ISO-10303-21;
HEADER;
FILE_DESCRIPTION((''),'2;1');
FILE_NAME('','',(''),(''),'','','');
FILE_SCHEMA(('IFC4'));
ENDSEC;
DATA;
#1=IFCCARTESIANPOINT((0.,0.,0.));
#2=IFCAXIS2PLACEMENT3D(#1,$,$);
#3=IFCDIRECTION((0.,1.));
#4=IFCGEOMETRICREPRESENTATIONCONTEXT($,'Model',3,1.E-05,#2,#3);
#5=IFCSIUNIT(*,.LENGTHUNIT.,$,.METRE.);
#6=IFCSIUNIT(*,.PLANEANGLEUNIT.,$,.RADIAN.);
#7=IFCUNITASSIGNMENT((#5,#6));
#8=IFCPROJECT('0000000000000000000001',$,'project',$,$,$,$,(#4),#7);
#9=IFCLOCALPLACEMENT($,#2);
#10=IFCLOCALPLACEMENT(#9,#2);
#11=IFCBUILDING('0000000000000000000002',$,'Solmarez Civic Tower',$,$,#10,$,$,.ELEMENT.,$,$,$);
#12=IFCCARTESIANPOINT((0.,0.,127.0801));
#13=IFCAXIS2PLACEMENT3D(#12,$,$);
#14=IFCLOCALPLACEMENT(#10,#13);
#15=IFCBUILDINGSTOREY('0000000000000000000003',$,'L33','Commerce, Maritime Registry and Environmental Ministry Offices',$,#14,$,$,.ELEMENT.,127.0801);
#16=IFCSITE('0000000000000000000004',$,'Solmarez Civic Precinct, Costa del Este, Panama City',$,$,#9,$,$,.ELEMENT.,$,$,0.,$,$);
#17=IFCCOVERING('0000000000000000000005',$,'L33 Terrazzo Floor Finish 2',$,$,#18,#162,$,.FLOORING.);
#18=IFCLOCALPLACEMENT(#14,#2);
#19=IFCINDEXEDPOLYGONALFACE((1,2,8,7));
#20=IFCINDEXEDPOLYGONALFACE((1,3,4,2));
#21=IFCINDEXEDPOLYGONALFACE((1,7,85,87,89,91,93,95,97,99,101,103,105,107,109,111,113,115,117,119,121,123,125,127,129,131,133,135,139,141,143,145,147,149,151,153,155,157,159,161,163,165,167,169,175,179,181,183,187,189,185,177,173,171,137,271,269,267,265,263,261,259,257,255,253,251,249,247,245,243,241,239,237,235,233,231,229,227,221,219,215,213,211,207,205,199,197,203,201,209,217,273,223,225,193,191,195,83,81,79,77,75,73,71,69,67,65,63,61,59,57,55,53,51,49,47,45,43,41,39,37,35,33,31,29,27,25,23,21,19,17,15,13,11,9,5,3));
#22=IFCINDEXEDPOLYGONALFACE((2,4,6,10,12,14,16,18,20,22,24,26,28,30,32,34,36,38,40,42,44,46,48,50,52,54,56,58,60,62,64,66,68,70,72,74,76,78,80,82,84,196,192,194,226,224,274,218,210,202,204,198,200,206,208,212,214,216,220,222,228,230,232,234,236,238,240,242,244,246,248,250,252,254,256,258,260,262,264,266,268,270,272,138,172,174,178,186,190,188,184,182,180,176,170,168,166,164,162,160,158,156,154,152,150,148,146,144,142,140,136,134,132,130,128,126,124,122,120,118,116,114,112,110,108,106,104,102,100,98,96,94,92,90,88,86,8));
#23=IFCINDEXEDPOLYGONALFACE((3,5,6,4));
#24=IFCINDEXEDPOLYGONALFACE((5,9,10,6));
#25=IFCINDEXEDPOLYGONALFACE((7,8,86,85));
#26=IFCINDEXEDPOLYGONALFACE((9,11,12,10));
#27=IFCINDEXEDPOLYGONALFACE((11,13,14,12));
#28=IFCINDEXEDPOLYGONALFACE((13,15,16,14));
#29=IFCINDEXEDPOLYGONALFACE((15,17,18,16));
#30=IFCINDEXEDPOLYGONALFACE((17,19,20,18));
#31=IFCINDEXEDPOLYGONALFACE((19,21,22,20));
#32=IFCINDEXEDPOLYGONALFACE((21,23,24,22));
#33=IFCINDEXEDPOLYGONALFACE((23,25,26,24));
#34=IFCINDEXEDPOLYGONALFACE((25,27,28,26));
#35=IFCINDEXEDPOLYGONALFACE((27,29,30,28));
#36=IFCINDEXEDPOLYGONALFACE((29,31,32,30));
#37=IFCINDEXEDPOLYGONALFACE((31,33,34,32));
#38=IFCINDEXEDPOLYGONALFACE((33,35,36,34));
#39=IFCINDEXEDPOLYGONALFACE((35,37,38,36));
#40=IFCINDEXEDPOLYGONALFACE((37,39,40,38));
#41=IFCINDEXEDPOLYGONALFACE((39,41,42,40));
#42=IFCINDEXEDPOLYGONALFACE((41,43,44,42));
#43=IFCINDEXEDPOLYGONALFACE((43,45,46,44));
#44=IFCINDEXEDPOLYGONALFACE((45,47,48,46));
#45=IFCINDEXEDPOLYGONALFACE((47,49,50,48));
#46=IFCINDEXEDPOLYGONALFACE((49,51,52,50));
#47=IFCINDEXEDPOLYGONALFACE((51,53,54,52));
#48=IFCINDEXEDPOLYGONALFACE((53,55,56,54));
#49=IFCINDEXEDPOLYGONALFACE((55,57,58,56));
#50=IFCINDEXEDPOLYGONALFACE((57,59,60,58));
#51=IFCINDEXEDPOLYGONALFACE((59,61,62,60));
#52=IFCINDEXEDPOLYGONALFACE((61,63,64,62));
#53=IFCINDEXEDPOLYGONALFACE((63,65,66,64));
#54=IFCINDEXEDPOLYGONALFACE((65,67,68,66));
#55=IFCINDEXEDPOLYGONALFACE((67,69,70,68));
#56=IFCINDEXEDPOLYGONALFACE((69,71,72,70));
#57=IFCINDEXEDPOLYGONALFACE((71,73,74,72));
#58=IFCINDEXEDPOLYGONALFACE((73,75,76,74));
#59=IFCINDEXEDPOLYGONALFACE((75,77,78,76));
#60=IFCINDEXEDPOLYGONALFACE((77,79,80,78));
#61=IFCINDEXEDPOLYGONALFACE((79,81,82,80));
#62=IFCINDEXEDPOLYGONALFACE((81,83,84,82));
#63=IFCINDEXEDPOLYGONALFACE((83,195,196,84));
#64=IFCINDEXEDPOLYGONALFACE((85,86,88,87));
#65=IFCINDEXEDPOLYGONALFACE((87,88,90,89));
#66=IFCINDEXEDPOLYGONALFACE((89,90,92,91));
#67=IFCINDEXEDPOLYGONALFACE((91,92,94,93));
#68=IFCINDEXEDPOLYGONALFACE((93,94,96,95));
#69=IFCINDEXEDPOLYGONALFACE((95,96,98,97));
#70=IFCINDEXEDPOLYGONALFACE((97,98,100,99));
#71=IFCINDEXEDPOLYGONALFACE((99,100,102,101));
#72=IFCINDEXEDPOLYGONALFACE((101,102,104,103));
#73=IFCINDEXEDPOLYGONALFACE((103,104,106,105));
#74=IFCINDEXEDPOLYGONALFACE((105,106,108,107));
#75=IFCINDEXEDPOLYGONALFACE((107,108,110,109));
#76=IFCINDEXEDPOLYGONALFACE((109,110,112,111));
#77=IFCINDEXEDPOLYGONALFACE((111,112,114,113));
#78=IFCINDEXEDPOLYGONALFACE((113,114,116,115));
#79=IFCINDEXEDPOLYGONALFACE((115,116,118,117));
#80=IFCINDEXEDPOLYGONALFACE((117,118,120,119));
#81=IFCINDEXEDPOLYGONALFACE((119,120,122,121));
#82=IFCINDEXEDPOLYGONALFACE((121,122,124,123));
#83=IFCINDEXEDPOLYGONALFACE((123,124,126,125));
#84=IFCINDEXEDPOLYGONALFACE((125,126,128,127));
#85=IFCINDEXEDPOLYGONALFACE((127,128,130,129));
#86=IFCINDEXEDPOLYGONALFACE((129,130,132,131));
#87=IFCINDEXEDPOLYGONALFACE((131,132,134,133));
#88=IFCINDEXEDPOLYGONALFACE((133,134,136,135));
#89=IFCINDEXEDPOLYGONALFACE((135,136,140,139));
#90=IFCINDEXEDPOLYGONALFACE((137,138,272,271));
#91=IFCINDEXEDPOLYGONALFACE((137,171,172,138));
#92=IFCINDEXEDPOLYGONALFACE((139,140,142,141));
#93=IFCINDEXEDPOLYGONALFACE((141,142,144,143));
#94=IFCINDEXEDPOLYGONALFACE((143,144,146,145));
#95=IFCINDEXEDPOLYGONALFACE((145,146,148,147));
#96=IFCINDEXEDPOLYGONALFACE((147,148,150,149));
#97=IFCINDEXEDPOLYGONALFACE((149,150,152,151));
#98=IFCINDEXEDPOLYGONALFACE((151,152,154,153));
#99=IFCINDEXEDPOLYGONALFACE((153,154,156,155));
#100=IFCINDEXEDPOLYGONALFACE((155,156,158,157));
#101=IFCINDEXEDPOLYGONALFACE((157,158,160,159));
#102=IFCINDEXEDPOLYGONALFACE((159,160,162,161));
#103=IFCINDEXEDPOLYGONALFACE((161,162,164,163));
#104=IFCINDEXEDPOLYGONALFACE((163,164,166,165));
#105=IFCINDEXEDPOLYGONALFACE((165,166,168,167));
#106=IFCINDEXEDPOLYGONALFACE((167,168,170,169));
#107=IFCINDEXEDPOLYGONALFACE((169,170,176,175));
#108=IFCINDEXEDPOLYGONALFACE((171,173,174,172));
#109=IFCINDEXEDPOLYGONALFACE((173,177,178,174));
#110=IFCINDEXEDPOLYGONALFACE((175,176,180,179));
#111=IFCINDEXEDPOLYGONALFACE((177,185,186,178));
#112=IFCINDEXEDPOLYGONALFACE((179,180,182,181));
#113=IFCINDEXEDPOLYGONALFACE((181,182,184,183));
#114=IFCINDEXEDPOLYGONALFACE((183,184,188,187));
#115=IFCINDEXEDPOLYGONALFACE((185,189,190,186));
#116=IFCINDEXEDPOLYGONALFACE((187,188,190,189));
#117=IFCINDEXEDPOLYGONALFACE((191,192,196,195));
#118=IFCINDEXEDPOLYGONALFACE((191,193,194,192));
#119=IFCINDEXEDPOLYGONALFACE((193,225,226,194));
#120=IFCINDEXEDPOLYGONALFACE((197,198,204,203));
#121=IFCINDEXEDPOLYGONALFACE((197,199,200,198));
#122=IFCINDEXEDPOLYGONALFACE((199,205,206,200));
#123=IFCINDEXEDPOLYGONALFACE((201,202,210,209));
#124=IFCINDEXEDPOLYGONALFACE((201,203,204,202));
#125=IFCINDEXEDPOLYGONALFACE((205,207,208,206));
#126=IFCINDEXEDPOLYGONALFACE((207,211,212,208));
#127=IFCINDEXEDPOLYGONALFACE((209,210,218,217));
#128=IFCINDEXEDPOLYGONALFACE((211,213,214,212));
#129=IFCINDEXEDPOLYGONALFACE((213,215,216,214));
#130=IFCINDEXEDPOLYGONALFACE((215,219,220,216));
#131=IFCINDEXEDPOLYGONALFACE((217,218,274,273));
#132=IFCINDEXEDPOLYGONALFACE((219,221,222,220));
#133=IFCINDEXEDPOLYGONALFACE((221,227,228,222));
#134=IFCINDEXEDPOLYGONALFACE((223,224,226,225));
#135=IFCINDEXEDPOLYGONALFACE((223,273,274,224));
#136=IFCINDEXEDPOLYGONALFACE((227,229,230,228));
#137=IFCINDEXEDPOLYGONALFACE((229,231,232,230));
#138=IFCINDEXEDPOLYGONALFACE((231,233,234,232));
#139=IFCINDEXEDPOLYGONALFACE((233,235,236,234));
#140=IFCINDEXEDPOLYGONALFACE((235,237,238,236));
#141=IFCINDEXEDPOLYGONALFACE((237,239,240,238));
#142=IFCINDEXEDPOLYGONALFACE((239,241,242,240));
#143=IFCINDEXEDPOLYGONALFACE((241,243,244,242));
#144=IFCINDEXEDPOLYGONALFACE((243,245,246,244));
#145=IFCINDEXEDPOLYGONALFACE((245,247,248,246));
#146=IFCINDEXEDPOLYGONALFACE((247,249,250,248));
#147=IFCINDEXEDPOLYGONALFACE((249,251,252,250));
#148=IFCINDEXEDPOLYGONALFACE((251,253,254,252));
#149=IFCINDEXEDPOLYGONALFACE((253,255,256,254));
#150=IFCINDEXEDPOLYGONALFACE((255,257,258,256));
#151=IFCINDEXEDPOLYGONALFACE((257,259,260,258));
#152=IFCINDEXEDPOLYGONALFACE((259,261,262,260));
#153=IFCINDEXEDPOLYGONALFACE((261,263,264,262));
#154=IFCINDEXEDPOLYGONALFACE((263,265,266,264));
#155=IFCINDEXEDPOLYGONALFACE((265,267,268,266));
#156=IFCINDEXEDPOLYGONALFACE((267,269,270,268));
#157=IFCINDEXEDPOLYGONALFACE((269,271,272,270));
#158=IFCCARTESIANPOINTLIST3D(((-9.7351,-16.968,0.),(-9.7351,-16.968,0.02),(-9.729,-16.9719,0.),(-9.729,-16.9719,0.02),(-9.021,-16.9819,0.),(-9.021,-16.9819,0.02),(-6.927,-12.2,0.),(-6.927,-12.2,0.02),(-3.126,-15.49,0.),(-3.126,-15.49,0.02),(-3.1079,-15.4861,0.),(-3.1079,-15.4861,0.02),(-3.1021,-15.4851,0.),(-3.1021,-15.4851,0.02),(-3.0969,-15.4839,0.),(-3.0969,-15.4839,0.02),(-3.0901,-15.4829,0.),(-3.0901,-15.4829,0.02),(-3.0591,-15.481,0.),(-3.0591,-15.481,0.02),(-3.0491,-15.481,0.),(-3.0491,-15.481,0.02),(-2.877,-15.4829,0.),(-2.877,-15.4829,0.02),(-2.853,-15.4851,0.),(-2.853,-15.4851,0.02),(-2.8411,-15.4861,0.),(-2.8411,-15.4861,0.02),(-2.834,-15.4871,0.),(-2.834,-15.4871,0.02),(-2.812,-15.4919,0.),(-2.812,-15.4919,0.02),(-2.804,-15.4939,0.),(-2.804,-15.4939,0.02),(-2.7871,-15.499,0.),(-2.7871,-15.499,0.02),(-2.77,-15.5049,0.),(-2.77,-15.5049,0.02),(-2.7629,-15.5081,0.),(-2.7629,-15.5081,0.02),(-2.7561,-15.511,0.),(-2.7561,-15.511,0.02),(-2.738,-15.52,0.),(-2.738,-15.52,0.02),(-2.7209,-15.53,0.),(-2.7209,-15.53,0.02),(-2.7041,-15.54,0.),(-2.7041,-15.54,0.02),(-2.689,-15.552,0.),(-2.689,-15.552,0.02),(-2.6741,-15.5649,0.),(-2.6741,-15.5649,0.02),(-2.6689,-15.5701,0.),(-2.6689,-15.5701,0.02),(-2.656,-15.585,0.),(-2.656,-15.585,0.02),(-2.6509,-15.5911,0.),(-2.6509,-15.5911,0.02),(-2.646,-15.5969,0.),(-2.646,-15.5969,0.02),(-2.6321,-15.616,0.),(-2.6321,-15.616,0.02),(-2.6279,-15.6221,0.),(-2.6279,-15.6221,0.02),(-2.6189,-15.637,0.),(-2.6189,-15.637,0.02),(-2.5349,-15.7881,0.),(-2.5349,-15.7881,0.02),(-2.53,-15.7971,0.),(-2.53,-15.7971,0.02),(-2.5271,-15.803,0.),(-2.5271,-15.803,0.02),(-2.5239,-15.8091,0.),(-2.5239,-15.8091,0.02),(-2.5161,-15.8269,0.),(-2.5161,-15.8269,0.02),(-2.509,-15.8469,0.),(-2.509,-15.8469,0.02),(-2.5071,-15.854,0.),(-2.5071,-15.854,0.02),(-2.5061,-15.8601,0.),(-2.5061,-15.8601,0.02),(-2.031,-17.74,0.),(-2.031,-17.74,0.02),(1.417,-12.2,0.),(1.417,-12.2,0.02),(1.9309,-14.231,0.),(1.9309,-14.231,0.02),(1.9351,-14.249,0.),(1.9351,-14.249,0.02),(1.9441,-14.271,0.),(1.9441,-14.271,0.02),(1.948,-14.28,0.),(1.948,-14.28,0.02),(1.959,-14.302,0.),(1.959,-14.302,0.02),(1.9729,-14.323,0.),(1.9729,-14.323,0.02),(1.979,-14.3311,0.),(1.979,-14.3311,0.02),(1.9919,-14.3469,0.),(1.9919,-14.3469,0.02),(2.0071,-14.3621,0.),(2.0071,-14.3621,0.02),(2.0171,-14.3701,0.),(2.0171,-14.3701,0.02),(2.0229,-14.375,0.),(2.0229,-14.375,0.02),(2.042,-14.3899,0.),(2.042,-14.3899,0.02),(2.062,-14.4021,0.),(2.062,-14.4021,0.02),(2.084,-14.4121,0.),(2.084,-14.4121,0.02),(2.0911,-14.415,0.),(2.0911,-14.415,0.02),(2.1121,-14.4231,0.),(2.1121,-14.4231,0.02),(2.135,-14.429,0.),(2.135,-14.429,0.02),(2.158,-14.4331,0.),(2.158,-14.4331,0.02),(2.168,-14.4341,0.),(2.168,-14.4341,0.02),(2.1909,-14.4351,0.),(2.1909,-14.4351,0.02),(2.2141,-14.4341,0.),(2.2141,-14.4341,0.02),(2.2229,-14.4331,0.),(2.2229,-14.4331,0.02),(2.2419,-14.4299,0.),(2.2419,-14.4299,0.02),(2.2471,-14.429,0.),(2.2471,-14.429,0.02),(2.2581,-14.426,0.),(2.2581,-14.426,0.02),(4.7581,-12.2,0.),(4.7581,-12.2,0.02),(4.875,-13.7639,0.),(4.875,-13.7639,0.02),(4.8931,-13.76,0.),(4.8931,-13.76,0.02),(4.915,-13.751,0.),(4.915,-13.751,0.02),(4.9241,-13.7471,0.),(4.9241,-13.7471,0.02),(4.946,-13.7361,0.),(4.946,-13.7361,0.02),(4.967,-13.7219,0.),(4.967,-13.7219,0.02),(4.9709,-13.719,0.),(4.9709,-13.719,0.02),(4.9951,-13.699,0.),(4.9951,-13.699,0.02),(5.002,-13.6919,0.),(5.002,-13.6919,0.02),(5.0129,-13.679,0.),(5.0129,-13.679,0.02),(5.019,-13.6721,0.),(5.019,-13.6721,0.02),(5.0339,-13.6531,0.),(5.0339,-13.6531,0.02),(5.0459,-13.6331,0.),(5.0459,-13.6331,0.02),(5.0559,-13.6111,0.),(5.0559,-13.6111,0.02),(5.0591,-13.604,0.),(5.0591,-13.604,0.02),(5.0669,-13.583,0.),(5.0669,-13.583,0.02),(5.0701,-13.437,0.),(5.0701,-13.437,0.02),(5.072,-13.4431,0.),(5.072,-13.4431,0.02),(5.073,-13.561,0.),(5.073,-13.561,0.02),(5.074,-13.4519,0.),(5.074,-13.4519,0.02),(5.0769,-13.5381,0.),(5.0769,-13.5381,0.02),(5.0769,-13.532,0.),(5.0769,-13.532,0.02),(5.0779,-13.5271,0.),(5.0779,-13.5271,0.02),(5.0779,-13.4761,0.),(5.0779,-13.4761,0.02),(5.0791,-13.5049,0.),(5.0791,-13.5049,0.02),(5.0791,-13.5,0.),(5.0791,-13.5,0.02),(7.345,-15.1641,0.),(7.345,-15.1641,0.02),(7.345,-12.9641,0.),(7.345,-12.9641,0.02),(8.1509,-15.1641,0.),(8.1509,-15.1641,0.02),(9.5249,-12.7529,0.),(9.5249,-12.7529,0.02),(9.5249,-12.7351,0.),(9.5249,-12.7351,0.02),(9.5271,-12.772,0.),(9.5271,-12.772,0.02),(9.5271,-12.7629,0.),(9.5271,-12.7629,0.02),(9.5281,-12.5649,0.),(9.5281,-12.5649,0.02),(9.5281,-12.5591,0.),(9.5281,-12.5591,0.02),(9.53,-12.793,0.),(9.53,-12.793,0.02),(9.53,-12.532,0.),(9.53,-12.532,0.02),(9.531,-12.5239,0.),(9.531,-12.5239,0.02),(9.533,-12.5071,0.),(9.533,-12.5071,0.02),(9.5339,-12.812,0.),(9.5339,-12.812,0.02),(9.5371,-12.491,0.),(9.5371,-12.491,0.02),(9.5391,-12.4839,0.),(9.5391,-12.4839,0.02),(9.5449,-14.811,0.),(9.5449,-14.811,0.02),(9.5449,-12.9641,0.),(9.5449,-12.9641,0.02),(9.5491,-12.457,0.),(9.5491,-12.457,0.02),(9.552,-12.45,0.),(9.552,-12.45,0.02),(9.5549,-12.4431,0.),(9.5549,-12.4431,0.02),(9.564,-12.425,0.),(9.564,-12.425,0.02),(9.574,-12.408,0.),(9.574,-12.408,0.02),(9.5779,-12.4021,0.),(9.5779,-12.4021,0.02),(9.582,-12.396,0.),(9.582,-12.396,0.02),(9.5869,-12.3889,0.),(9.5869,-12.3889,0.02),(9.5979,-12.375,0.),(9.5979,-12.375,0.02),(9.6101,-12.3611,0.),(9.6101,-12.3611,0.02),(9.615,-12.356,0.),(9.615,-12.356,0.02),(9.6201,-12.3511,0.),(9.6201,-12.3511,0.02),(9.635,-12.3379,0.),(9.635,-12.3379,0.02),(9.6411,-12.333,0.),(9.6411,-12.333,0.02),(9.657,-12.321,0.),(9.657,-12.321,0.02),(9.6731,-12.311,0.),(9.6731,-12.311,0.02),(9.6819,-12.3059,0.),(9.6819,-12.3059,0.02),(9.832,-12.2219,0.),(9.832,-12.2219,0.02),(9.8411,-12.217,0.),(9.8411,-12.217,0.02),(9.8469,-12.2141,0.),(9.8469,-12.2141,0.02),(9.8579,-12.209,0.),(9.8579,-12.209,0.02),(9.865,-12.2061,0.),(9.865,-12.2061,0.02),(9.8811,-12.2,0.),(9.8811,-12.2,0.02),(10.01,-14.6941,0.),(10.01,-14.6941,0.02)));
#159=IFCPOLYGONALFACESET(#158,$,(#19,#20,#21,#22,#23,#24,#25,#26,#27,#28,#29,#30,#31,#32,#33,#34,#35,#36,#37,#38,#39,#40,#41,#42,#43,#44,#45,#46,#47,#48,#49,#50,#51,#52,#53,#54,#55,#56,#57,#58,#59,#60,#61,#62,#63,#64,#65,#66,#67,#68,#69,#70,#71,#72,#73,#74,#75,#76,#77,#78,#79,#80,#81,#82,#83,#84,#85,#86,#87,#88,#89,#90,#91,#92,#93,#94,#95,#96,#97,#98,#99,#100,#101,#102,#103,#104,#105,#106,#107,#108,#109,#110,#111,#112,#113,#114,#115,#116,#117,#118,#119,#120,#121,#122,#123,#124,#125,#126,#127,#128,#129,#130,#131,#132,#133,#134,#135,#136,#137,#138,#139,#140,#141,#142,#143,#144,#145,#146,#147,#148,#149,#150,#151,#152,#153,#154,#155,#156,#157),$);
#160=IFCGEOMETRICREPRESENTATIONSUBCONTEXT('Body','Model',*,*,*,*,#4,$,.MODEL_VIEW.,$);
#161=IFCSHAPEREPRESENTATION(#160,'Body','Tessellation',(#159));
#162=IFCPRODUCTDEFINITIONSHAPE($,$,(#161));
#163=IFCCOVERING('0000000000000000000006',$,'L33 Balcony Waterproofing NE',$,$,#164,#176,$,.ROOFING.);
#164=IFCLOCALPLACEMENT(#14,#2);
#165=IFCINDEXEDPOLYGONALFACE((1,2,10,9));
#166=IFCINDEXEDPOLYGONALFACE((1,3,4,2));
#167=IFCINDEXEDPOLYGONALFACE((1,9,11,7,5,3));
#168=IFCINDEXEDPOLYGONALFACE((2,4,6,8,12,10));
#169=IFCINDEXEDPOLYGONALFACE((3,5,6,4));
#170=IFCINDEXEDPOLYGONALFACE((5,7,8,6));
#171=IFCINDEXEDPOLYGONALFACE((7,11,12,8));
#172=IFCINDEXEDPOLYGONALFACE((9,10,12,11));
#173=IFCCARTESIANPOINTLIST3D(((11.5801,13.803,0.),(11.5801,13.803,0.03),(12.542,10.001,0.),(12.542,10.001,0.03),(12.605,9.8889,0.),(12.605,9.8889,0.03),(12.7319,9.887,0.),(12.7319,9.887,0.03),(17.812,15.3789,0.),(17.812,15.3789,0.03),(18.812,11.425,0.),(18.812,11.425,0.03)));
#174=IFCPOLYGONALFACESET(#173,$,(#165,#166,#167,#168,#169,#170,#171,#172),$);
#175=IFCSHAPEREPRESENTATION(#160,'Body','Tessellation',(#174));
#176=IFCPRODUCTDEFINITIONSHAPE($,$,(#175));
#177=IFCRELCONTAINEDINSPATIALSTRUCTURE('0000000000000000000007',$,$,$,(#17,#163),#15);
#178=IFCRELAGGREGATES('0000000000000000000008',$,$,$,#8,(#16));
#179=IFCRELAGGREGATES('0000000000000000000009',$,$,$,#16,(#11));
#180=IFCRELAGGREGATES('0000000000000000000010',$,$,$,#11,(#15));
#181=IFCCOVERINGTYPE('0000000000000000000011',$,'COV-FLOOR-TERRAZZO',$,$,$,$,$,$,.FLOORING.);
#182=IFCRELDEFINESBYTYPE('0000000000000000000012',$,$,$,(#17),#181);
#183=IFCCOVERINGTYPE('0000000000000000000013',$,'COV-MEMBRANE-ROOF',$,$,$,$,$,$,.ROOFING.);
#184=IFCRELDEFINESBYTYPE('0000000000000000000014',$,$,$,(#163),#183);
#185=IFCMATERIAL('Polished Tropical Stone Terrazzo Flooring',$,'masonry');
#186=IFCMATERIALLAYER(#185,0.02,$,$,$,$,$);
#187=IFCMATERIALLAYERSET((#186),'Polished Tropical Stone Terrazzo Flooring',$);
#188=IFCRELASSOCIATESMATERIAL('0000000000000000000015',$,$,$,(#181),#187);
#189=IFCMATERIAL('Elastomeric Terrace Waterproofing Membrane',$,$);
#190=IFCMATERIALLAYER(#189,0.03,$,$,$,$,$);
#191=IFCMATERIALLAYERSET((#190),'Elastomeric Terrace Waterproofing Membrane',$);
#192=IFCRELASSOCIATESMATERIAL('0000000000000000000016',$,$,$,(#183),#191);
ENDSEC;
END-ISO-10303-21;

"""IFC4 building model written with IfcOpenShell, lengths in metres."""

from ifc_helpers import new_model, si_unit, direction, frame, origin, place, context, subcontext, project, spatial, polyline, outline, extrude, material, layer, layer_set, type_object, element, save


model = new_model("IFC4")

# Units and contexts
model_context = context("Model", 3, precision=1e-05, world=origin(), true_north=direction((0.0, 1.0)))
body_context = subcontext(model_context, "Body", "Model", "MODEL_VIEW")
ifc_project = project(units=[si_unit("LENGTHUNIT", "METRE"), si_unit("PLANEANGLEUNIT", "RADIAN")], contexts=[model_context])

# Site, building, storey
site_placement = place(None, origin())
site = spatial("IfcSite", under=ifc_project, at=site_placement, Name="Solmarez Civic Precinct, Costa del Este, Panama City", CompositionType="ELEMENT", RefElevation=0.0)
building_placement = place(site_placement, origin())
building = spatial("IfcBuilding", under=site, at=building_placement, Name="Solmarez Civic Tower", CompositionType="ELEMENT")
storey_placement = place(building_placement, frame((0.0, 0.0, 127.0801)))
storey = spatial("IfcBuildingStorey", under=building, at=storey_placement, Name="L33", Description="Commerce, Maritime Registry and Environmental Ministry Offices", CompositionType="ELEMENT", Elevation=127.0801)

# Coverings
ifc_material_1 = material(Name="Polished Tropical Stone Terrazzo Flooring", Category="masonry")
ifc_layer_1 = layer(ifc_material_1, 0.02)
ifc_layer_set_1 = layer_set([ifc_layer_1], Name="Polished Tropical Stone Terrazzo Flooring")
covering_type_1 = type_object("IfcCoveringType", Name="COV-FLOOR-TERRAZZO", PredefinedType="FLOORING", material=ifc_layer_set_1)
covering_1_placement = place(storey_placement, origin())
element("IfcCovering", 1, at=covering_1_placement, inside=storey, type_object=covering_type_1, Name="L33 Terrazzo Floor Finish 2", PredefinedType="FLOORING", context=body_context, shape_type="SweptSolid", body=[
    extrude(outline(polyline([(-2.7209, -15.53), (-2.7041, -15.54), (-2.689, -15.552), (-2.6741, -15.5649), (-2.6689, -15.5701), (-2.656, -15.585), (-2.6509, -15.5911), (-2.646, -15.5969), (-2.6321, -15.616), (-2.6279, -15.6221), (-2.6189, -15.637), (-2.5349, -15.7881), (-2.53, -15.7971), (-2.5271, -15.803), (-2.5239, -15.8091), (-2.5161, -15.8269), (-2.509, -15.8469), (-2.5071, -15.854), (-2.5061, -15.8601), (-2.031, -17.74), (8.1509, -15.1641), (7.345, -15.1641), (7.345, -12.9641), (9.5449, -12.9641), (9.5449, -14.811), (10.01, -14.6941), (9.5339, -12.812), (9.53, -12.793), (9.5271, -12.772), (9.5271, -12.7629), (9.5249, -12.7529), (9.5249, -12.7351), (9.5281, -12.5649), (9.5281, -12.5591), (9.53, -12.532), (9.531, -12.5239), (9.533, -12.5071), (9.5371, -12.491), (9.5391, -12.4839), (9.5491, -12.457), (9.552, -12.45), (9.5549, -12.4431), (9.564, -12.425), (9.574, -12.408), (9.5779, -12.4021), (9.582, -12.396), (9.5869, -12.3889), (9.5979, -12.375), (9.6101, -12.3611), (9.615, -12.356), (9.6201, -12.3511), (9.635, -12.3379), (9.6411, -12.333), (9.657, -12.321), (9.6731, -12.311), (9.6819, -12.3059), (9.832, -12.2219), (9.8411, -12.217), (9.8469, -12.2141), (9.8579, -12.209), (9.865, -12.2061), (9.8811, -12.2), (4.7581, -12.2), (5.0701, -13.437), (5.072, -13.4431), (5.074, -13.4519), (5.0779, -13.4761), (5.0791, -13.5), (5.0791, -13.5049), (5.0779, -13.5271), (5.0769, -13.532), (5.0769, -13.5381), (5.073, -13.561), (5.0669, -13.583), (5.0591, -13.604), (5.0559, -13.6111), (5.0459, -13.6331), (5.0339, -13.6531), (5.019, -13.6721), (5.0129, -13.679), (5.002, -13.6919), (4.9951, -13.699), (4.9709, -13.719), (4.967, -13.7219), (4.946, -13.7361), (4.9241, -13.7471), (4.915, -13.751), (4.8931, -13.76), (4.875, -13.7639), (2.2581, -14.426), (2.2471, -14.429), (2.2419, -14.4299), (2.2229, -14.4331), (2.2141, -14.4341), (2.1909, -14.4351), (2.168, -14.4341), (2.158, -14.4331), (2.135, -14.429), (2.1121, -14.4231), (2.0911, -14.415), (2.084, -14.4121), (2.062, -14.4021), (2.042, -14.3899), (2.0229, -14.375), (2.0171, -14.3701), (2.0071, -14.3621), (1.9919, -14.3469), (1.979, -14.3311), (1.9729, -14.323), (1.959, -14.302), (1.948, -14.28), (1.9441, -14.271), (1.9351, -14.249), (1.9309, -14.231), (1.417, -12.2), (-6.927, -12.2), (-9.7351, -16.968), (-9.729, -16.9719), (-9.021, -16.9819), (-3.126, -15.49), (-3.1079, -15.4861), (-3.1021, -15.4851), (-3.0969, -15.4839), (-3.0901, -15.4829), (-3.0591, -15.481), (-3.0491, -15.481), (-2.877, -15.4829), (-2.853, -15.4851), (-2.8411, -15.4861), (-2.834, -15.4871), (-2.812, -15.4919), (-2.804, -15.4939), (-2.7871, -15.499), (-2.77, -15.5049), (-2.7629, -15.5081), (-2.7561, -15.511), (-2.738, -15.52), (-2.7209, -15.53)])), origin(), (0.0, 0.0, 1.0), 0.02),
])
ifc_material_2 = material(Name="Elastomeric Terrace Waterproofing Membrane")
ifc_layer_2 = layer(ifc_material_2, 0.03)
ifc_layer_set_2 = layer_set([ifc_layer_2], Name="Elastomeric Terrace Waterproofing Membrane")
covering_type_2 = type_object("IfcCoveringType", Name="COV-MEMBRANE-ROOF", PredefinedType="ROOFING", material=ifc_layer_set_2)
covering_2_placement = place(storey_placement, origin())
element("IfcCovering", 2, at=covering_2_placement, inside=storey, type_object=covering_type_2, Name="L33 Balcony Waterproofing NE", PredefinedType="ROOFING", context=body_context, shape_type="SweptSolid", body=[
    extrude(outline(polyline([(12.542, 10.001), (12.605, 9.8889), (12.7319, 9.887), (18.812, 11.425), (17.812, 15.3789), (11.5801, 13.803), (12.542, 10.001)])), origin(), (0.0, 0.0, 1.0), 0.03),
])

save(model, "model.ifc")
